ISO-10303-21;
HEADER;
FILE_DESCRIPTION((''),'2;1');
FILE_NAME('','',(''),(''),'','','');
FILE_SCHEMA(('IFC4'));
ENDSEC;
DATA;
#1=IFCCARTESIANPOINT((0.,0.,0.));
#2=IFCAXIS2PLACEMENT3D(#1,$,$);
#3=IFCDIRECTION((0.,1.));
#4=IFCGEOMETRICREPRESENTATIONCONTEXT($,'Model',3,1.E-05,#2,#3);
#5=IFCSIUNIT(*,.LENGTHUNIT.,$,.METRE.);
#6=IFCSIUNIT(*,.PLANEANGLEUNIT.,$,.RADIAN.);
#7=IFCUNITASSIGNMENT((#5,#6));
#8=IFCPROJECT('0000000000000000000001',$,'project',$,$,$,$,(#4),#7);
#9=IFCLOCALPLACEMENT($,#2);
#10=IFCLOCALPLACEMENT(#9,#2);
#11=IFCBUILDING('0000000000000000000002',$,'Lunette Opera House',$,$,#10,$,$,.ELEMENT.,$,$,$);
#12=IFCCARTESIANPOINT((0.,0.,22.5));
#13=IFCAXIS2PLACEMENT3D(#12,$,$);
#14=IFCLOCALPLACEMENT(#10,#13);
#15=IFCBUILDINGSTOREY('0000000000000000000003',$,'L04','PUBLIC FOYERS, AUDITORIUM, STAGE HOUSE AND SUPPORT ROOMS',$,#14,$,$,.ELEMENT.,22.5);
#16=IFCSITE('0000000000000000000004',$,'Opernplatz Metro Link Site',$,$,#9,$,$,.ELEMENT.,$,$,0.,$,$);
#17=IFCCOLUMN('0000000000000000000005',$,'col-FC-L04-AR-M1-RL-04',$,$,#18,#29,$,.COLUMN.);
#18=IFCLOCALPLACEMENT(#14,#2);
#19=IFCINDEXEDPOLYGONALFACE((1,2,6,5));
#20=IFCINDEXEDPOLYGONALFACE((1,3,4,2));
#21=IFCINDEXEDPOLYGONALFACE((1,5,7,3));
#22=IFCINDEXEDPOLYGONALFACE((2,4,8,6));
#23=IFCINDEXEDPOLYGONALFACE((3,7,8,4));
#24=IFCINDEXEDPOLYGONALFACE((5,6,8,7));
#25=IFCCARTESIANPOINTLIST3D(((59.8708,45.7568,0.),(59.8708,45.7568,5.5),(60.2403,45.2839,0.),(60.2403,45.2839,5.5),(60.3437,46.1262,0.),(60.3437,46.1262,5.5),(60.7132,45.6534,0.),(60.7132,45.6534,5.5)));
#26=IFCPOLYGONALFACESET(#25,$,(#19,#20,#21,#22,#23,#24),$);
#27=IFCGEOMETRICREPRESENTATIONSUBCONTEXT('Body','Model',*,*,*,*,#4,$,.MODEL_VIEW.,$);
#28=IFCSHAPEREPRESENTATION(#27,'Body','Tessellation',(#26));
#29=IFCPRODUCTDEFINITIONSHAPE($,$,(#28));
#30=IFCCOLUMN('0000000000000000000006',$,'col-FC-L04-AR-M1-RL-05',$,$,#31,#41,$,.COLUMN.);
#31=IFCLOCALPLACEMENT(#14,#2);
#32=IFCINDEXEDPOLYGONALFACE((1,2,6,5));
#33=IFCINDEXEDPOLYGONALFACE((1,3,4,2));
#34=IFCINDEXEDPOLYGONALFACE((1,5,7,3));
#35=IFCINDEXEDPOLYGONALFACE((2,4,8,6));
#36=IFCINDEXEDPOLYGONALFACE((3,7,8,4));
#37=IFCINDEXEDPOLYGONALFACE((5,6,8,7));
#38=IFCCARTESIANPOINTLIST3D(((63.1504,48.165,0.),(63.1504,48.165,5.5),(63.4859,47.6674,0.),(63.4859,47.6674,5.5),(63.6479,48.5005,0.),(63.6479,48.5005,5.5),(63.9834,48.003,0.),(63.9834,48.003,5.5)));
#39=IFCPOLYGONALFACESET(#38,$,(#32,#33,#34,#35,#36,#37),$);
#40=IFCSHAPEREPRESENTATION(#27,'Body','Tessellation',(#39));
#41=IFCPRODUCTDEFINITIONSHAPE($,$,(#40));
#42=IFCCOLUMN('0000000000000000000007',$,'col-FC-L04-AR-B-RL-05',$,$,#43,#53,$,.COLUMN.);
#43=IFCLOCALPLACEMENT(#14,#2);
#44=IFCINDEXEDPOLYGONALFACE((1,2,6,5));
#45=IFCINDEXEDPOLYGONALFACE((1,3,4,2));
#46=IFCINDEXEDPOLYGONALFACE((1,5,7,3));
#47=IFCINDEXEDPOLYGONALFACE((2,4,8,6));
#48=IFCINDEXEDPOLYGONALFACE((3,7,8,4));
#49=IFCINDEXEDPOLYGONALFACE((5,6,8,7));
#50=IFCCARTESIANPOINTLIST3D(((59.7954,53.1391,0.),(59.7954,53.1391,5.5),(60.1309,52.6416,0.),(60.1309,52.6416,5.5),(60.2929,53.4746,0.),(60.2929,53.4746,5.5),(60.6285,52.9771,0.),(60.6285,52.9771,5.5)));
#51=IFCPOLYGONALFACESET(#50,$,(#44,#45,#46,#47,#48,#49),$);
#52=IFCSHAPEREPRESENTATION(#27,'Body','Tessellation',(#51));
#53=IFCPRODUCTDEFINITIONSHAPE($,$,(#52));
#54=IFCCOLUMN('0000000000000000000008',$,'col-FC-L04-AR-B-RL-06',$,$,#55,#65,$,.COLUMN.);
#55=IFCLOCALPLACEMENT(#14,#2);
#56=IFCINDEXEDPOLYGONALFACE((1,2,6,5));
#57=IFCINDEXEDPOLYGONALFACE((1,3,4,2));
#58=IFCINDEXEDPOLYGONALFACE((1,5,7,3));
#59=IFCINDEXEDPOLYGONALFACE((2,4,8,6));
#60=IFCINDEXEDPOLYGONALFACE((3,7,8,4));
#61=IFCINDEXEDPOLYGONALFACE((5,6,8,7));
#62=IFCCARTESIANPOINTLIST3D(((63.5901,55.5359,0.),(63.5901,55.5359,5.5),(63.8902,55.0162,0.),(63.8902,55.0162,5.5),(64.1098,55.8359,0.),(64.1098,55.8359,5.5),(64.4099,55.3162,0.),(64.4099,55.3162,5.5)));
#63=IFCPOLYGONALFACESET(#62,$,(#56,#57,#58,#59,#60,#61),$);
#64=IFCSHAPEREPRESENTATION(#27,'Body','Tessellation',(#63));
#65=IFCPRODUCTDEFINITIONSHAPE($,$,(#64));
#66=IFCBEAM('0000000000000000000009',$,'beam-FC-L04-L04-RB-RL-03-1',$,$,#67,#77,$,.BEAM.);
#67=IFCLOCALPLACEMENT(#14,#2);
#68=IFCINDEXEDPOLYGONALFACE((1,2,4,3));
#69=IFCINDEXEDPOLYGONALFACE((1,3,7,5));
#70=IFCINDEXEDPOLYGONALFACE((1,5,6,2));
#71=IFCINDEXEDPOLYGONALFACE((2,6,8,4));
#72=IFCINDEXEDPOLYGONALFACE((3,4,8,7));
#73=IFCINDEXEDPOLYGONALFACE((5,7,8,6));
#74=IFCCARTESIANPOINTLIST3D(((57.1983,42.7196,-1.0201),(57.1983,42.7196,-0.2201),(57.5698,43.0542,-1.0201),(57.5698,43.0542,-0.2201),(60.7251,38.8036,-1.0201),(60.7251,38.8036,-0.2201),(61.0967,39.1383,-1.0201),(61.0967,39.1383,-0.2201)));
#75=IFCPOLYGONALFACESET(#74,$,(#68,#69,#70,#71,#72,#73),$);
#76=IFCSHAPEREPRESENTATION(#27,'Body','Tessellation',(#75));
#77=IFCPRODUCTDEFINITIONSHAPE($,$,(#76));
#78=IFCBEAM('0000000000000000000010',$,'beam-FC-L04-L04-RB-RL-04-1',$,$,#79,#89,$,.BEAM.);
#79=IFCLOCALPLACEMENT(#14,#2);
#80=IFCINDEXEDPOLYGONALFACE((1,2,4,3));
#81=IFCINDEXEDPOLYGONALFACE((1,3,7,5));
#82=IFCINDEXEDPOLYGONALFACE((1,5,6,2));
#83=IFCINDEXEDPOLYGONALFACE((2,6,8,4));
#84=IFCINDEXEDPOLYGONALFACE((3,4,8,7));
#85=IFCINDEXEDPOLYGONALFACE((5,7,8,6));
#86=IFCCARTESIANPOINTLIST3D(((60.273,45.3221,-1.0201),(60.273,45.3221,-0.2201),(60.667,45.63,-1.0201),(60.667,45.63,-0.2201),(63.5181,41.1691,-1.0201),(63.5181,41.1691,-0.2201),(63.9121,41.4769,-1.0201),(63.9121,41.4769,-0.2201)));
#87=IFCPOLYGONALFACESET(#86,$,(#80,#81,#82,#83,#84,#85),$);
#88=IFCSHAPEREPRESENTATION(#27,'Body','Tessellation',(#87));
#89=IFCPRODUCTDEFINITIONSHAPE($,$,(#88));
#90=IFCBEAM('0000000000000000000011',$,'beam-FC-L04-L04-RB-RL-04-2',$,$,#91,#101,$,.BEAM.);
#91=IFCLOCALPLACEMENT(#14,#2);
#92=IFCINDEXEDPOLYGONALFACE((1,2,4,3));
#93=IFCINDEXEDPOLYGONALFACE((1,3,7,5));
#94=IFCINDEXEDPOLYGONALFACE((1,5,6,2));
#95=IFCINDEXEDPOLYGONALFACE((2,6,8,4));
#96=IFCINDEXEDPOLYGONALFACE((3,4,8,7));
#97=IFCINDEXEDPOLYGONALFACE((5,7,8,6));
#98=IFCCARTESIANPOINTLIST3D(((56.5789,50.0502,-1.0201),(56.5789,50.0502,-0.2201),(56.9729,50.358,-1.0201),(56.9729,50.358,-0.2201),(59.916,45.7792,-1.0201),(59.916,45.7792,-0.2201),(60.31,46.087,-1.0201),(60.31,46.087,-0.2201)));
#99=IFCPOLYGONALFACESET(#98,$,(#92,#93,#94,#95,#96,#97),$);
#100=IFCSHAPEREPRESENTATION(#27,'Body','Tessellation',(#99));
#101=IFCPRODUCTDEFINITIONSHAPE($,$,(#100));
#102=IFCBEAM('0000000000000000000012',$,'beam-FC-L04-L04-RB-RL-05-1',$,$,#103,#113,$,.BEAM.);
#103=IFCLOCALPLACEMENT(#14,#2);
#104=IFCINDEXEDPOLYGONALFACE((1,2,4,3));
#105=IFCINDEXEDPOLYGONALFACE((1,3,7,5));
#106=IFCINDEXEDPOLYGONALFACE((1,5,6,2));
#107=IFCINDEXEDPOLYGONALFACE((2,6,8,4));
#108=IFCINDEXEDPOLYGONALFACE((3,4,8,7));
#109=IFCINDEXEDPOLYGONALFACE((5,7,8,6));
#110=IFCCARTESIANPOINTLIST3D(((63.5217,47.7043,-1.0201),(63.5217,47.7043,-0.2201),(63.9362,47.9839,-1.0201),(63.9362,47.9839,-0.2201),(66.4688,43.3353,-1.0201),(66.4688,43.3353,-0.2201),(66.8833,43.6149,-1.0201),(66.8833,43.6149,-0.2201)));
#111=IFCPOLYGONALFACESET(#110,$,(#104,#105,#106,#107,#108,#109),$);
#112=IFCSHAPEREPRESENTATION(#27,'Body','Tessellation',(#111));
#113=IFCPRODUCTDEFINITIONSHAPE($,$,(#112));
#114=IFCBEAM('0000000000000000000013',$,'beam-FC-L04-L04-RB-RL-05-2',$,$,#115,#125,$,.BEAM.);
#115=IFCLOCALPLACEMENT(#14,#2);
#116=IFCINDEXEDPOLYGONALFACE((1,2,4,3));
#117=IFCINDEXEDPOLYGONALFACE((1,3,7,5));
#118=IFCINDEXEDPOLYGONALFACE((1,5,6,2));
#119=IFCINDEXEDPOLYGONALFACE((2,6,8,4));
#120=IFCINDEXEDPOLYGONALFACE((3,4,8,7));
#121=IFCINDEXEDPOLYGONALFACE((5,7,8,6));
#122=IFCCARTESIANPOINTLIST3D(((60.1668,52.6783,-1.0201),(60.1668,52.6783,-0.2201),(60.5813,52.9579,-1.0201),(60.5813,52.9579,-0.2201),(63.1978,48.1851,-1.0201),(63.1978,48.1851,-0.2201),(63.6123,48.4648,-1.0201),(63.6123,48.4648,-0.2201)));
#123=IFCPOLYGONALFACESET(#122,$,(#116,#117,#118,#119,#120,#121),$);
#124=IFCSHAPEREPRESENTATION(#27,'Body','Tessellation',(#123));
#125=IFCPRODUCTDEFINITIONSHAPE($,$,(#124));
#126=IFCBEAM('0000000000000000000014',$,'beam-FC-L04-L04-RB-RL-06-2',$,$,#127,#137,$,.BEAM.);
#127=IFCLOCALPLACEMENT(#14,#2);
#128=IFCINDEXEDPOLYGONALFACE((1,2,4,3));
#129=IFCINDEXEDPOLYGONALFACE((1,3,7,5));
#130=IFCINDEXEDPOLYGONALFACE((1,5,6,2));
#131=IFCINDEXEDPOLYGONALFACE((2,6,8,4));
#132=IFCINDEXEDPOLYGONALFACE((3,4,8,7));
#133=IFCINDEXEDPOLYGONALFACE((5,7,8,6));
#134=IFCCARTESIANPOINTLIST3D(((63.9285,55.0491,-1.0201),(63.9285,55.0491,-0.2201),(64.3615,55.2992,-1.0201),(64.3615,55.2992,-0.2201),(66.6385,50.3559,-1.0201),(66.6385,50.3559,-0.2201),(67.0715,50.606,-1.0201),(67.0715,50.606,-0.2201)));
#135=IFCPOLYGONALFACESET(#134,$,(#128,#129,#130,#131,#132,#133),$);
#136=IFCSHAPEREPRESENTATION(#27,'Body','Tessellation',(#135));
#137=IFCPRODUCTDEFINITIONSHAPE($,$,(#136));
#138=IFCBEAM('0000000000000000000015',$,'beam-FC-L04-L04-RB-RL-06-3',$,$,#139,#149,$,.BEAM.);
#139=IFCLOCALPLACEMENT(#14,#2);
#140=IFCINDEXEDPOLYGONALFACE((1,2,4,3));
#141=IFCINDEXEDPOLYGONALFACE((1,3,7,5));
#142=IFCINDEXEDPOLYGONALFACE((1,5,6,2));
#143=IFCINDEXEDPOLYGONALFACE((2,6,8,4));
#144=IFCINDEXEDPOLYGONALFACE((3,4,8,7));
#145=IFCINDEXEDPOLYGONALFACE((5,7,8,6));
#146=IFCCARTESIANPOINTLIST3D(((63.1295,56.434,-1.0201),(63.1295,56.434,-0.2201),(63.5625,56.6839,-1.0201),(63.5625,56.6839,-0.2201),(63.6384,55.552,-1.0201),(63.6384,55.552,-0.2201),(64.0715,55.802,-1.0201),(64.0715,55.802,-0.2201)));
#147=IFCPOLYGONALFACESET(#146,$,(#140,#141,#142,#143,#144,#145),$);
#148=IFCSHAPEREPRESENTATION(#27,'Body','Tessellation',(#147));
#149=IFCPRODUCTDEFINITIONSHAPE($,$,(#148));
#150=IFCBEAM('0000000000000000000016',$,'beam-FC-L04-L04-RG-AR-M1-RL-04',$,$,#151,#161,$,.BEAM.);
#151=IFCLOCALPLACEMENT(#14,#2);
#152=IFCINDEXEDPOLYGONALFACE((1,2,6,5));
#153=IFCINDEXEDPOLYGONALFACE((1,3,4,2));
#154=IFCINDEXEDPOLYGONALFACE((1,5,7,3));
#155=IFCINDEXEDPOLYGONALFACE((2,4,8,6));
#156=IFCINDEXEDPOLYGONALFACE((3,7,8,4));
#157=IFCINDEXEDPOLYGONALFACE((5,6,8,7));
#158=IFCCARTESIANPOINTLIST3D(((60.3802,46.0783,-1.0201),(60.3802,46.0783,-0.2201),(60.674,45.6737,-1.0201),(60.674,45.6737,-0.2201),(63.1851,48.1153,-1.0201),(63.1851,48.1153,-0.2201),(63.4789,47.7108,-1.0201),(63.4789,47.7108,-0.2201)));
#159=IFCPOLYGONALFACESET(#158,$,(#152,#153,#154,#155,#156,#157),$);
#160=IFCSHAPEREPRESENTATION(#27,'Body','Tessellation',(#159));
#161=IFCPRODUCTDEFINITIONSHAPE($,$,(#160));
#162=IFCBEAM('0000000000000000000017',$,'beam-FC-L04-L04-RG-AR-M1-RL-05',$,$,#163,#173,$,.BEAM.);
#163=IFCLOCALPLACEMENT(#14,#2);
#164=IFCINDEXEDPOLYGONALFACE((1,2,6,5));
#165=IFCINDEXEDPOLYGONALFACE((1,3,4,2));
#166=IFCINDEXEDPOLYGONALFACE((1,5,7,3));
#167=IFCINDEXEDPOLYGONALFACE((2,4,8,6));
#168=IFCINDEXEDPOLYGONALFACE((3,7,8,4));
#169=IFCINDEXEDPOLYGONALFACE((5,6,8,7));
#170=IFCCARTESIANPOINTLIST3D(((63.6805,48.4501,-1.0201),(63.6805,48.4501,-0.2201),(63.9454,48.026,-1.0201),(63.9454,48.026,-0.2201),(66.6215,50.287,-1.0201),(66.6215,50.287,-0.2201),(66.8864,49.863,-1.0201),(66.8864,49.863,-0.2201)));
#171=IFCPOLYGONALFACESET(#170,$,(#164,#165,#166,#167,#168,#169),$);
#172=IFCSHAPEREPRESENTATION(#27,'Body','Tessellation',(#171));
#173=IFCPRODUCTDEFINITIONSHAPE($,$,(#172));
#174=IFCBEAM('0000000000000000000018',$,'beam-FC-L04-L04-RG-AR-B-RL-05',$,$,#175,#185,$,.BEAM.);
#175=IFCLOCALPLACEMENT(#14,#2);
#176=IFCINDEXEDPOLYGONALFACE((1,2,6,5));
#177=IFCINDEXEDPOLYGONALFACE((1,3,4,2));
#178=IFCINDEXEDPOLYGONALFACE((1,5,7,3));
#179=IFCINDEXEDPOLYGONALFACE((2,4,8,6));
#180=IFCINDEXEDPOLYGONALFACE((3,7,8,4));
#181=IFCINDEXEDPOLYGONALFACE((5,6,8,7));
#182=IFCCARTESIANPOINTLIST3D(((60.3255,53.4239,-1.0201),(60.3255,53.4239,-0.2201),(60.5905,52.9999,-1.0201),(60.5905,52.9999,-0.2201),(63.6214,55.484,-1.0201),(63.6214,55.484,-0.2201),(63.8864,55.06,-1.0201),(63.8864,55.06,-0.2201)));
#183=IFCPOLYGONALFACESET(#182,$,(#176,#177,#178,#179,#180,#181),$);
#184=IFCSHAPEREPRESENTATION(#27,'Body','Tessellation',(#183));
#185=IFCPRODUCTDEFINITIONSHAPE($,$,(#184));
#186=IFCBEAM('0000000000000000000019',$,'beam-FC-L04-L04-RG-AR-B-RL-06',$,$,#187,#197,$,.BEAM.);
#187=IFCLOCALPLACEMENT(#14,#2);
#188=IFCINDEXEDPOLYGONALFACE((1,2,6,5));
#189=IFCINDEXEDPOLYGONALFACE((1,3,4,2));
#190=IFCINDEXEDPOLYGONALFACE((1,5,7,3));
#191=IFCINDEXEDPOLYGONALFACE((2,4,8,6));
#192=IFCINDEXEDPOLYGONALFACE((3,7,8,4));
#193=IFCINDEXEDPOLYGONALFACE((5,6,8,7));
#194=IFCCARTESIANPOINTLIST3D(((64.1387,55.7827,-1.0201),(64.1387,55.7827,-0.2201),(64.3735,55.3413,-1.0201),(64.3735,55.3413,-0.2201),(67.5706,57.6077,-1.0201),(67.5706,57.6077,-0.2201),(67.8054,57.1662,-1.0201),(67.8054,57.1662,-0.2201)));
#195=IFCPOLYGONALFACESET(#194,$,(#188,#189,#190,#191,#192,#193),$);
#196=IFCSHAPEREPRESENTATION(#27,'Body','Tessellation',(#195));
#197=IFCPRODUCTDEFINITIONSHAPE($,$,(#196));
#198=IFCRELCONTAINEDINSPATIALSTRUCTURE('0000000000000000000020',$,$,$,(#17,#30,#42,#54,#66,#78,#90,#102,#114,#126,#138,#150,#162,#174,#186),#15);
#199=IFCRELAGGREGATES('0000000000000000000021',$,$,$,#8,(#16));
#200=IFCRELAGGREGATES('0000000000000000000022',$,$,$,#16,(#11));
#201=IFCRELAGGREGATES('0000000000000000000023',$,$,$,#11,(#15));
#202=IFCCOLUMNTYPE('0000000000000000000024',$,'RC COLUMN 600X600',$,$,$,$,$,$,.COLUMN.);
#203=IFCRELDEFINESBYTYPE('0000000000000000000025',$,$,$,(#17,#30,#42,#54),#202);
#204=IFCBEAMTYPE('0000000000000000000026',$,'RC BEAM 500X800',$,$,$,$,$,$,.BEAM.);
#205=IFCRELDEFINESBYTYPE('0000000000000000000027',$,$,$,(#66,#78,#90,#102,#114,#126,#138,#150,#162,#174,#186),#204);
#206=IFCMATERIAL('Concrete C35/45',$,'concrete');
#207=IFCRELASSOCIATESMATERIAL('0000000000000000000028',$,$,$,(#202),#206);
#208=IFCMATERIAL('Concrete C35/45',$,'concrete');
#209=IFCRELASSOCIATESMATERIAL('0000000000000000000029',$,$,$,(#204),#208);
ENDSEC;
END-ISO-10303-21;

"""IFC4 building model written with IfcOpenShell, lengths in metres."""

from ifc_helpers import new_model, si_unit, direction, frame, origin, origin_2d, place, context, subcontext, project, spatial, rectangle, extrude, material, material_profile, profile_set, type_object, element, save


model = new_model("IFC4")

# Units and contexts
model_context = context("Model", 3, precision=1e-05, world=origin(), true_north=direction((0.0, 1.0)))
body_context = subcontext(model_context, "Body", "Model", "MODEL_VIEW")
ifc_project = project(units=[si_unit("LENGTHUNIT", "METRE"), si_unit("PLANEANGLEUNIT", "RADIAN")], contexts=[model_context])

# Site, building, storey
site_placement = place(None, origin())
site = spatial("IfcSite", under=ifc_project, at=site_placement, Name="Opernplatz Metro Link Site", CompositionType="ELEMENT", RefElevation=0.0)
building_placement = place(site_placement, origin())
building = spatial("IfcBuilding", under=site, at=building_placement, Name="Lunette Opera House", CompositionType="ELEMENT")
storey_placement = place(building_placement, frame((0.0, 0.0, 22.5)))
storey = spatial("IfcBuildingStorey", under=building, at=storey_placement, Name="L04", Description="PUBLIC FOYERS, AUDITORIUM, STAGE HOUSE AND SUPPORT ROOMS", CompositionType="ELEMENT", Elevation=22.5)

# Columns
ifc_material_1 = material(Name="Concrete C35/45", Category="concrete")
ifc_material_profile_1 = material_profile(ifc_material_1, rectangle(XDim=0.6001, YDim=0.6001, at=origin_2d()), Name="RC COLUMN 600X600")
ifc_profile_set_1 = profile_set([ifc_material_profile_1], Name="Concrete C35/45")
column_type = type_object("IfcColumnType", Name="RC COLUMN 600X600", PredefinedType="COLUMN", material=ifc_profile_set_1)
for number, where, z_axis, x_axis, name in (
    (1, (60.292, 45.7051, 0.0), (0.0, 0.0, 1.0), (0.788011, 0.615661, 0.0), "col-FC-L04-AR-M1-RL-04"),
    (2, (63.5669, 48.084, 0.0), (0.0, 0.0, 1.0), (0.829038, 0.559193, 0.0), "col-FC-L04-AR-M1-RL-05"),
    (3, (60.2119, 53.0581, 0.0), (0.0, 0.0, 1.0), (0.829038, 0.559193, 0.0), "col-FC-L04-AR-B-RL-05"),
    (4, (64.0, 55.426, 0.0), (0.0, 0.0, 1.0), (0.866025, 0.5, 0.0), "col-FC-L04-AR-B-RL-06"),
):
    element("IfcColumn", number, at=place(storey_placement, frame(where, z_axis=z_axis, x_axis=x_axis)), inside=storey, type_object=column_type, Name=name, PredefinedType="COLUMN", context=body_context, shape_type="SweptSolid", body=[
        extrude(rectangle(XDim=0.6001, YDim=0.6001, at=origin_2d()), origin(), (0.0, 0.0, 1.0), 5.5),
    ])

# Beams
ifc_material_2 = material(Name="Concrete C35/45", Category="concrete")
ifc_material_profile_2 = material_profile(ifc_material_2, rectangle(XDim=0.5, YDim=0.8, at=origin_2d()), Name="RC BEAM 500X800")
ifc_profile_set_2 = profile_set([ifc_material_profile_2], Name="Concrete C35/45")
beam_type = type_object("IfcBeamType", Name="RC BEAM 500X800", PredefinedType="BEAM", material=ifc_profile_set_2)
beam_1_placement = place(storey_placement, frame((60.9109, 38.9709, -0.6201), z_axis=(-0.669221, 0.743064, 0.0), x_axis=(-0.743064, -0.669221, 0.0)))
element("IfcBeam", 5, at=beam_1_placement, inside=storey, type_object=beam_type, Name="beam-FC-L04-L04-RB-RL-03-1", PredefinedType="BEAM", context=body_context, shape_type="SweptSolid", body=[
    extrude(rectangle(XDim=0.5, YDim=0.8, at=origin_2d()), origin(), (0.0, 0.0, 1.0), 5.27),
])
beam_2_placement = place(storey_placement, frame((63.7151, 41.323, -0.6201), z_axis=(-0.615706, 0.787976, 0.0), x_axis=(-0.787976, -0.615706, 0.0)))
element("IfcBeam", 6, at=beam_2_placement, inside=storey, type_object=beam_type, Name="beam-FC-L04-L04-RB-RL-04-1", PredefinedType="BEAM", context=body_context, shape_type="SweptSolid", body=[
    extrude(rectangle(XDim=0.5, YDim=0.8, at=origin_2d()), origin(), (0.0, 0.0, 1.0), 5.2705),
])
beam_3_placement = place(storey_placement, frame((60.113, 45.9331, -0.6201), z_axis=(-0.615695, 0.787985, 0.0), x_axis=(-0.787985, -0.615695, 0.0)))
element("IfcBeam", 7, at=beam_3_placement, inside=storey, type_object=beam_type, Name="beam-FC-L04-L04-RB-RL-04-2", PredefinedType="BEAM", context=body_context, shape_type="SweptSolid", body=[
    extrude(rectangle(XDim=0.5, YDim=0.8, at=origin_2d()), origin(), (0.0, 0.0, 1.0), 5.4202),
])
beam_4_placement = place(storey_placement, frame((66.676, 43.4751, -0.6201), z_axis=(-0.559214, 0.829023, 0.0), x_axis=(-0.829023, -0.559214, 0.0)))
element("IfcBeam", 8, at=beam_4_placement, inside=storey, type_object=beam_type, Name="beam-FC-L04-L04-RB-RL-05-1", PredefinedType="BEAM", context=body_context, shape_type="SweptSolid", body=[
    extrude(rectangle(XDim=0.5, YDim=0.8, at=origin_2d()), origin(), (0.0, 0.0, 1.0), 5.27),
])
beam_5_placement = place(storey_placement, frame((63.405, 48.325, -0.6201), z_axis=(-0.559235, 0.829009, 0.0), x_axis=(-0.829009, -0.559235, 0.0)))
element("IfcBeam", 9, at=beam_5_placement, inside=storey, type_object=beam_type, Name="beam-FC-L04-L04-RB-RL-05-2", PredefinedType="BEAM", context=body_context, shape_type="SweptSolid", body=[
    extrude(rectangle(XDim=0.5, YDim=0.8, at=origin_2d()), origin(), (0.0, 0.0, 1.0), 5.4199),
])
beam_6_placement = place(storey_placement, frame((66.855, 50.481, -0.6201), z_axis=(-0.500054, 0.865994, 0.0), x_axis=(-0.865994, -0.500054, 0.0)))
element("IfcBeam", 10, at=beam_6_placement, inside=storey, type_object=beam_type, Name="beam-FC-L04-L04-RB-RL-06-2", PredefinedType="BEAM", context=body_context, shape_type="SweptSolid", body=[
    extrude(rectangle(XDim=0.5, YDim=0.8, at=origin_2d()), origin(), (0.0, 0.0, 1.0), 5.4194),
])
beam_7_placement = place(storey_placement, frame((63.855, 55.677, -0.6201), z_axis=(-0.499826, 0.866126, 0.0), x_axis=(-0.866126, -0.499826, 0.0)))
element("IfcBeam", 11, at=beam_7_placement, inside=storey, type_object=beam_type, Name="beam-FC-L04-L04-RB-RL-06-3", PredefinedType="BEAM", context=body_context, shape_type="SweptSolid", body=[
    extrude(rectangle(XDim=0.5, YDim=0.8, at=origin_2d()), origin(), (0.0, 0.0, 1.0), 1.0183),
])
beam_8_placement = place(storey_placement, frame((60.5271, 45.876, -0.6201), z_axis=(0.809126, 0.587636, 0.0), x_axis=(-0.587636, 0.809126, 0.0)))
element("IfcBeam", 12, at=beam_8_placement, inside=storey, type_object=beam_type, Name="beam-FC-L04-L04-RG-AR-M1-RL-04", PredefinedType="BEAM", context=body_context, shape_type="SweptSolid", body=[
    extrude(rectangle(XDim=0.5, YDim=0.8, at=origin_2d()), origin(), (0.0, 0.0, 1.0), 3.4666),
])
beam_9_placement = place(storey_placement, frame((63.813, 48.238, -0.6201), z_axis=(0.848149, 0.529758, 0.0), x_axis=(-0.529758, 0.848149, 0.0)))
element("IfcBeam", 13, at=beam_9_placement, inside=storey, type_object=beam_type, Name="beam-FC-L04-L04-RG-AR-M1-RL-05", PredefinedType="BEAM", context=body_context, shape_type="SweptSolid", body=[
    extrude(rectangle(XDim=0.5, YDim=0.8, at=origin_2d()), origin(), (0.0, 0.0, 1.0), 3.4675),
])
beam_10_placement = place(storey_placement, frame((60.458, 53.2119, -0.6201), z_axis=(0.847984, 0.530022, 0.0), x_axis=(-0.530022, 0.847984, 0.0)))
element("IfcBeam", 14, at=beam_10_placement, inside=storey, type_object=beam_type, Name="beam-FC-L04-L04-RG-AR-B-RL-05", PredefinedType="BEAM", context=body_context, shape_type="SweptSolid", body=[
    extrude(rectangle(XDim=0.5, YDim=0.8, at=origin_2d()), origin(), (0.0, 0.0, 1.0), 3.8867),
])
beam_11_placement = place(storey_placement, frame((64.2561, 55.562, -0.6201), z_axis=(0.882928, 0.469509, 0.0), x_axis=(-0.469509, 0.882928, 0.0)))
element("IfcBeam", 15, at=beam_11_placement, inside=storey, type_object=beam_type, Name="beam-FC-L04-L04-RG-AR-B-RL-06", PredefinedType="BEAM", context=body_context, shape_type="SweptSolid", body=[
    extrude(rectangle(XDim=0.5, YDim=0.8, at=origin_2d()), origin(), (0.0, 0.0, 1.0), 3.887),
])

save(model, "model.ifc")
